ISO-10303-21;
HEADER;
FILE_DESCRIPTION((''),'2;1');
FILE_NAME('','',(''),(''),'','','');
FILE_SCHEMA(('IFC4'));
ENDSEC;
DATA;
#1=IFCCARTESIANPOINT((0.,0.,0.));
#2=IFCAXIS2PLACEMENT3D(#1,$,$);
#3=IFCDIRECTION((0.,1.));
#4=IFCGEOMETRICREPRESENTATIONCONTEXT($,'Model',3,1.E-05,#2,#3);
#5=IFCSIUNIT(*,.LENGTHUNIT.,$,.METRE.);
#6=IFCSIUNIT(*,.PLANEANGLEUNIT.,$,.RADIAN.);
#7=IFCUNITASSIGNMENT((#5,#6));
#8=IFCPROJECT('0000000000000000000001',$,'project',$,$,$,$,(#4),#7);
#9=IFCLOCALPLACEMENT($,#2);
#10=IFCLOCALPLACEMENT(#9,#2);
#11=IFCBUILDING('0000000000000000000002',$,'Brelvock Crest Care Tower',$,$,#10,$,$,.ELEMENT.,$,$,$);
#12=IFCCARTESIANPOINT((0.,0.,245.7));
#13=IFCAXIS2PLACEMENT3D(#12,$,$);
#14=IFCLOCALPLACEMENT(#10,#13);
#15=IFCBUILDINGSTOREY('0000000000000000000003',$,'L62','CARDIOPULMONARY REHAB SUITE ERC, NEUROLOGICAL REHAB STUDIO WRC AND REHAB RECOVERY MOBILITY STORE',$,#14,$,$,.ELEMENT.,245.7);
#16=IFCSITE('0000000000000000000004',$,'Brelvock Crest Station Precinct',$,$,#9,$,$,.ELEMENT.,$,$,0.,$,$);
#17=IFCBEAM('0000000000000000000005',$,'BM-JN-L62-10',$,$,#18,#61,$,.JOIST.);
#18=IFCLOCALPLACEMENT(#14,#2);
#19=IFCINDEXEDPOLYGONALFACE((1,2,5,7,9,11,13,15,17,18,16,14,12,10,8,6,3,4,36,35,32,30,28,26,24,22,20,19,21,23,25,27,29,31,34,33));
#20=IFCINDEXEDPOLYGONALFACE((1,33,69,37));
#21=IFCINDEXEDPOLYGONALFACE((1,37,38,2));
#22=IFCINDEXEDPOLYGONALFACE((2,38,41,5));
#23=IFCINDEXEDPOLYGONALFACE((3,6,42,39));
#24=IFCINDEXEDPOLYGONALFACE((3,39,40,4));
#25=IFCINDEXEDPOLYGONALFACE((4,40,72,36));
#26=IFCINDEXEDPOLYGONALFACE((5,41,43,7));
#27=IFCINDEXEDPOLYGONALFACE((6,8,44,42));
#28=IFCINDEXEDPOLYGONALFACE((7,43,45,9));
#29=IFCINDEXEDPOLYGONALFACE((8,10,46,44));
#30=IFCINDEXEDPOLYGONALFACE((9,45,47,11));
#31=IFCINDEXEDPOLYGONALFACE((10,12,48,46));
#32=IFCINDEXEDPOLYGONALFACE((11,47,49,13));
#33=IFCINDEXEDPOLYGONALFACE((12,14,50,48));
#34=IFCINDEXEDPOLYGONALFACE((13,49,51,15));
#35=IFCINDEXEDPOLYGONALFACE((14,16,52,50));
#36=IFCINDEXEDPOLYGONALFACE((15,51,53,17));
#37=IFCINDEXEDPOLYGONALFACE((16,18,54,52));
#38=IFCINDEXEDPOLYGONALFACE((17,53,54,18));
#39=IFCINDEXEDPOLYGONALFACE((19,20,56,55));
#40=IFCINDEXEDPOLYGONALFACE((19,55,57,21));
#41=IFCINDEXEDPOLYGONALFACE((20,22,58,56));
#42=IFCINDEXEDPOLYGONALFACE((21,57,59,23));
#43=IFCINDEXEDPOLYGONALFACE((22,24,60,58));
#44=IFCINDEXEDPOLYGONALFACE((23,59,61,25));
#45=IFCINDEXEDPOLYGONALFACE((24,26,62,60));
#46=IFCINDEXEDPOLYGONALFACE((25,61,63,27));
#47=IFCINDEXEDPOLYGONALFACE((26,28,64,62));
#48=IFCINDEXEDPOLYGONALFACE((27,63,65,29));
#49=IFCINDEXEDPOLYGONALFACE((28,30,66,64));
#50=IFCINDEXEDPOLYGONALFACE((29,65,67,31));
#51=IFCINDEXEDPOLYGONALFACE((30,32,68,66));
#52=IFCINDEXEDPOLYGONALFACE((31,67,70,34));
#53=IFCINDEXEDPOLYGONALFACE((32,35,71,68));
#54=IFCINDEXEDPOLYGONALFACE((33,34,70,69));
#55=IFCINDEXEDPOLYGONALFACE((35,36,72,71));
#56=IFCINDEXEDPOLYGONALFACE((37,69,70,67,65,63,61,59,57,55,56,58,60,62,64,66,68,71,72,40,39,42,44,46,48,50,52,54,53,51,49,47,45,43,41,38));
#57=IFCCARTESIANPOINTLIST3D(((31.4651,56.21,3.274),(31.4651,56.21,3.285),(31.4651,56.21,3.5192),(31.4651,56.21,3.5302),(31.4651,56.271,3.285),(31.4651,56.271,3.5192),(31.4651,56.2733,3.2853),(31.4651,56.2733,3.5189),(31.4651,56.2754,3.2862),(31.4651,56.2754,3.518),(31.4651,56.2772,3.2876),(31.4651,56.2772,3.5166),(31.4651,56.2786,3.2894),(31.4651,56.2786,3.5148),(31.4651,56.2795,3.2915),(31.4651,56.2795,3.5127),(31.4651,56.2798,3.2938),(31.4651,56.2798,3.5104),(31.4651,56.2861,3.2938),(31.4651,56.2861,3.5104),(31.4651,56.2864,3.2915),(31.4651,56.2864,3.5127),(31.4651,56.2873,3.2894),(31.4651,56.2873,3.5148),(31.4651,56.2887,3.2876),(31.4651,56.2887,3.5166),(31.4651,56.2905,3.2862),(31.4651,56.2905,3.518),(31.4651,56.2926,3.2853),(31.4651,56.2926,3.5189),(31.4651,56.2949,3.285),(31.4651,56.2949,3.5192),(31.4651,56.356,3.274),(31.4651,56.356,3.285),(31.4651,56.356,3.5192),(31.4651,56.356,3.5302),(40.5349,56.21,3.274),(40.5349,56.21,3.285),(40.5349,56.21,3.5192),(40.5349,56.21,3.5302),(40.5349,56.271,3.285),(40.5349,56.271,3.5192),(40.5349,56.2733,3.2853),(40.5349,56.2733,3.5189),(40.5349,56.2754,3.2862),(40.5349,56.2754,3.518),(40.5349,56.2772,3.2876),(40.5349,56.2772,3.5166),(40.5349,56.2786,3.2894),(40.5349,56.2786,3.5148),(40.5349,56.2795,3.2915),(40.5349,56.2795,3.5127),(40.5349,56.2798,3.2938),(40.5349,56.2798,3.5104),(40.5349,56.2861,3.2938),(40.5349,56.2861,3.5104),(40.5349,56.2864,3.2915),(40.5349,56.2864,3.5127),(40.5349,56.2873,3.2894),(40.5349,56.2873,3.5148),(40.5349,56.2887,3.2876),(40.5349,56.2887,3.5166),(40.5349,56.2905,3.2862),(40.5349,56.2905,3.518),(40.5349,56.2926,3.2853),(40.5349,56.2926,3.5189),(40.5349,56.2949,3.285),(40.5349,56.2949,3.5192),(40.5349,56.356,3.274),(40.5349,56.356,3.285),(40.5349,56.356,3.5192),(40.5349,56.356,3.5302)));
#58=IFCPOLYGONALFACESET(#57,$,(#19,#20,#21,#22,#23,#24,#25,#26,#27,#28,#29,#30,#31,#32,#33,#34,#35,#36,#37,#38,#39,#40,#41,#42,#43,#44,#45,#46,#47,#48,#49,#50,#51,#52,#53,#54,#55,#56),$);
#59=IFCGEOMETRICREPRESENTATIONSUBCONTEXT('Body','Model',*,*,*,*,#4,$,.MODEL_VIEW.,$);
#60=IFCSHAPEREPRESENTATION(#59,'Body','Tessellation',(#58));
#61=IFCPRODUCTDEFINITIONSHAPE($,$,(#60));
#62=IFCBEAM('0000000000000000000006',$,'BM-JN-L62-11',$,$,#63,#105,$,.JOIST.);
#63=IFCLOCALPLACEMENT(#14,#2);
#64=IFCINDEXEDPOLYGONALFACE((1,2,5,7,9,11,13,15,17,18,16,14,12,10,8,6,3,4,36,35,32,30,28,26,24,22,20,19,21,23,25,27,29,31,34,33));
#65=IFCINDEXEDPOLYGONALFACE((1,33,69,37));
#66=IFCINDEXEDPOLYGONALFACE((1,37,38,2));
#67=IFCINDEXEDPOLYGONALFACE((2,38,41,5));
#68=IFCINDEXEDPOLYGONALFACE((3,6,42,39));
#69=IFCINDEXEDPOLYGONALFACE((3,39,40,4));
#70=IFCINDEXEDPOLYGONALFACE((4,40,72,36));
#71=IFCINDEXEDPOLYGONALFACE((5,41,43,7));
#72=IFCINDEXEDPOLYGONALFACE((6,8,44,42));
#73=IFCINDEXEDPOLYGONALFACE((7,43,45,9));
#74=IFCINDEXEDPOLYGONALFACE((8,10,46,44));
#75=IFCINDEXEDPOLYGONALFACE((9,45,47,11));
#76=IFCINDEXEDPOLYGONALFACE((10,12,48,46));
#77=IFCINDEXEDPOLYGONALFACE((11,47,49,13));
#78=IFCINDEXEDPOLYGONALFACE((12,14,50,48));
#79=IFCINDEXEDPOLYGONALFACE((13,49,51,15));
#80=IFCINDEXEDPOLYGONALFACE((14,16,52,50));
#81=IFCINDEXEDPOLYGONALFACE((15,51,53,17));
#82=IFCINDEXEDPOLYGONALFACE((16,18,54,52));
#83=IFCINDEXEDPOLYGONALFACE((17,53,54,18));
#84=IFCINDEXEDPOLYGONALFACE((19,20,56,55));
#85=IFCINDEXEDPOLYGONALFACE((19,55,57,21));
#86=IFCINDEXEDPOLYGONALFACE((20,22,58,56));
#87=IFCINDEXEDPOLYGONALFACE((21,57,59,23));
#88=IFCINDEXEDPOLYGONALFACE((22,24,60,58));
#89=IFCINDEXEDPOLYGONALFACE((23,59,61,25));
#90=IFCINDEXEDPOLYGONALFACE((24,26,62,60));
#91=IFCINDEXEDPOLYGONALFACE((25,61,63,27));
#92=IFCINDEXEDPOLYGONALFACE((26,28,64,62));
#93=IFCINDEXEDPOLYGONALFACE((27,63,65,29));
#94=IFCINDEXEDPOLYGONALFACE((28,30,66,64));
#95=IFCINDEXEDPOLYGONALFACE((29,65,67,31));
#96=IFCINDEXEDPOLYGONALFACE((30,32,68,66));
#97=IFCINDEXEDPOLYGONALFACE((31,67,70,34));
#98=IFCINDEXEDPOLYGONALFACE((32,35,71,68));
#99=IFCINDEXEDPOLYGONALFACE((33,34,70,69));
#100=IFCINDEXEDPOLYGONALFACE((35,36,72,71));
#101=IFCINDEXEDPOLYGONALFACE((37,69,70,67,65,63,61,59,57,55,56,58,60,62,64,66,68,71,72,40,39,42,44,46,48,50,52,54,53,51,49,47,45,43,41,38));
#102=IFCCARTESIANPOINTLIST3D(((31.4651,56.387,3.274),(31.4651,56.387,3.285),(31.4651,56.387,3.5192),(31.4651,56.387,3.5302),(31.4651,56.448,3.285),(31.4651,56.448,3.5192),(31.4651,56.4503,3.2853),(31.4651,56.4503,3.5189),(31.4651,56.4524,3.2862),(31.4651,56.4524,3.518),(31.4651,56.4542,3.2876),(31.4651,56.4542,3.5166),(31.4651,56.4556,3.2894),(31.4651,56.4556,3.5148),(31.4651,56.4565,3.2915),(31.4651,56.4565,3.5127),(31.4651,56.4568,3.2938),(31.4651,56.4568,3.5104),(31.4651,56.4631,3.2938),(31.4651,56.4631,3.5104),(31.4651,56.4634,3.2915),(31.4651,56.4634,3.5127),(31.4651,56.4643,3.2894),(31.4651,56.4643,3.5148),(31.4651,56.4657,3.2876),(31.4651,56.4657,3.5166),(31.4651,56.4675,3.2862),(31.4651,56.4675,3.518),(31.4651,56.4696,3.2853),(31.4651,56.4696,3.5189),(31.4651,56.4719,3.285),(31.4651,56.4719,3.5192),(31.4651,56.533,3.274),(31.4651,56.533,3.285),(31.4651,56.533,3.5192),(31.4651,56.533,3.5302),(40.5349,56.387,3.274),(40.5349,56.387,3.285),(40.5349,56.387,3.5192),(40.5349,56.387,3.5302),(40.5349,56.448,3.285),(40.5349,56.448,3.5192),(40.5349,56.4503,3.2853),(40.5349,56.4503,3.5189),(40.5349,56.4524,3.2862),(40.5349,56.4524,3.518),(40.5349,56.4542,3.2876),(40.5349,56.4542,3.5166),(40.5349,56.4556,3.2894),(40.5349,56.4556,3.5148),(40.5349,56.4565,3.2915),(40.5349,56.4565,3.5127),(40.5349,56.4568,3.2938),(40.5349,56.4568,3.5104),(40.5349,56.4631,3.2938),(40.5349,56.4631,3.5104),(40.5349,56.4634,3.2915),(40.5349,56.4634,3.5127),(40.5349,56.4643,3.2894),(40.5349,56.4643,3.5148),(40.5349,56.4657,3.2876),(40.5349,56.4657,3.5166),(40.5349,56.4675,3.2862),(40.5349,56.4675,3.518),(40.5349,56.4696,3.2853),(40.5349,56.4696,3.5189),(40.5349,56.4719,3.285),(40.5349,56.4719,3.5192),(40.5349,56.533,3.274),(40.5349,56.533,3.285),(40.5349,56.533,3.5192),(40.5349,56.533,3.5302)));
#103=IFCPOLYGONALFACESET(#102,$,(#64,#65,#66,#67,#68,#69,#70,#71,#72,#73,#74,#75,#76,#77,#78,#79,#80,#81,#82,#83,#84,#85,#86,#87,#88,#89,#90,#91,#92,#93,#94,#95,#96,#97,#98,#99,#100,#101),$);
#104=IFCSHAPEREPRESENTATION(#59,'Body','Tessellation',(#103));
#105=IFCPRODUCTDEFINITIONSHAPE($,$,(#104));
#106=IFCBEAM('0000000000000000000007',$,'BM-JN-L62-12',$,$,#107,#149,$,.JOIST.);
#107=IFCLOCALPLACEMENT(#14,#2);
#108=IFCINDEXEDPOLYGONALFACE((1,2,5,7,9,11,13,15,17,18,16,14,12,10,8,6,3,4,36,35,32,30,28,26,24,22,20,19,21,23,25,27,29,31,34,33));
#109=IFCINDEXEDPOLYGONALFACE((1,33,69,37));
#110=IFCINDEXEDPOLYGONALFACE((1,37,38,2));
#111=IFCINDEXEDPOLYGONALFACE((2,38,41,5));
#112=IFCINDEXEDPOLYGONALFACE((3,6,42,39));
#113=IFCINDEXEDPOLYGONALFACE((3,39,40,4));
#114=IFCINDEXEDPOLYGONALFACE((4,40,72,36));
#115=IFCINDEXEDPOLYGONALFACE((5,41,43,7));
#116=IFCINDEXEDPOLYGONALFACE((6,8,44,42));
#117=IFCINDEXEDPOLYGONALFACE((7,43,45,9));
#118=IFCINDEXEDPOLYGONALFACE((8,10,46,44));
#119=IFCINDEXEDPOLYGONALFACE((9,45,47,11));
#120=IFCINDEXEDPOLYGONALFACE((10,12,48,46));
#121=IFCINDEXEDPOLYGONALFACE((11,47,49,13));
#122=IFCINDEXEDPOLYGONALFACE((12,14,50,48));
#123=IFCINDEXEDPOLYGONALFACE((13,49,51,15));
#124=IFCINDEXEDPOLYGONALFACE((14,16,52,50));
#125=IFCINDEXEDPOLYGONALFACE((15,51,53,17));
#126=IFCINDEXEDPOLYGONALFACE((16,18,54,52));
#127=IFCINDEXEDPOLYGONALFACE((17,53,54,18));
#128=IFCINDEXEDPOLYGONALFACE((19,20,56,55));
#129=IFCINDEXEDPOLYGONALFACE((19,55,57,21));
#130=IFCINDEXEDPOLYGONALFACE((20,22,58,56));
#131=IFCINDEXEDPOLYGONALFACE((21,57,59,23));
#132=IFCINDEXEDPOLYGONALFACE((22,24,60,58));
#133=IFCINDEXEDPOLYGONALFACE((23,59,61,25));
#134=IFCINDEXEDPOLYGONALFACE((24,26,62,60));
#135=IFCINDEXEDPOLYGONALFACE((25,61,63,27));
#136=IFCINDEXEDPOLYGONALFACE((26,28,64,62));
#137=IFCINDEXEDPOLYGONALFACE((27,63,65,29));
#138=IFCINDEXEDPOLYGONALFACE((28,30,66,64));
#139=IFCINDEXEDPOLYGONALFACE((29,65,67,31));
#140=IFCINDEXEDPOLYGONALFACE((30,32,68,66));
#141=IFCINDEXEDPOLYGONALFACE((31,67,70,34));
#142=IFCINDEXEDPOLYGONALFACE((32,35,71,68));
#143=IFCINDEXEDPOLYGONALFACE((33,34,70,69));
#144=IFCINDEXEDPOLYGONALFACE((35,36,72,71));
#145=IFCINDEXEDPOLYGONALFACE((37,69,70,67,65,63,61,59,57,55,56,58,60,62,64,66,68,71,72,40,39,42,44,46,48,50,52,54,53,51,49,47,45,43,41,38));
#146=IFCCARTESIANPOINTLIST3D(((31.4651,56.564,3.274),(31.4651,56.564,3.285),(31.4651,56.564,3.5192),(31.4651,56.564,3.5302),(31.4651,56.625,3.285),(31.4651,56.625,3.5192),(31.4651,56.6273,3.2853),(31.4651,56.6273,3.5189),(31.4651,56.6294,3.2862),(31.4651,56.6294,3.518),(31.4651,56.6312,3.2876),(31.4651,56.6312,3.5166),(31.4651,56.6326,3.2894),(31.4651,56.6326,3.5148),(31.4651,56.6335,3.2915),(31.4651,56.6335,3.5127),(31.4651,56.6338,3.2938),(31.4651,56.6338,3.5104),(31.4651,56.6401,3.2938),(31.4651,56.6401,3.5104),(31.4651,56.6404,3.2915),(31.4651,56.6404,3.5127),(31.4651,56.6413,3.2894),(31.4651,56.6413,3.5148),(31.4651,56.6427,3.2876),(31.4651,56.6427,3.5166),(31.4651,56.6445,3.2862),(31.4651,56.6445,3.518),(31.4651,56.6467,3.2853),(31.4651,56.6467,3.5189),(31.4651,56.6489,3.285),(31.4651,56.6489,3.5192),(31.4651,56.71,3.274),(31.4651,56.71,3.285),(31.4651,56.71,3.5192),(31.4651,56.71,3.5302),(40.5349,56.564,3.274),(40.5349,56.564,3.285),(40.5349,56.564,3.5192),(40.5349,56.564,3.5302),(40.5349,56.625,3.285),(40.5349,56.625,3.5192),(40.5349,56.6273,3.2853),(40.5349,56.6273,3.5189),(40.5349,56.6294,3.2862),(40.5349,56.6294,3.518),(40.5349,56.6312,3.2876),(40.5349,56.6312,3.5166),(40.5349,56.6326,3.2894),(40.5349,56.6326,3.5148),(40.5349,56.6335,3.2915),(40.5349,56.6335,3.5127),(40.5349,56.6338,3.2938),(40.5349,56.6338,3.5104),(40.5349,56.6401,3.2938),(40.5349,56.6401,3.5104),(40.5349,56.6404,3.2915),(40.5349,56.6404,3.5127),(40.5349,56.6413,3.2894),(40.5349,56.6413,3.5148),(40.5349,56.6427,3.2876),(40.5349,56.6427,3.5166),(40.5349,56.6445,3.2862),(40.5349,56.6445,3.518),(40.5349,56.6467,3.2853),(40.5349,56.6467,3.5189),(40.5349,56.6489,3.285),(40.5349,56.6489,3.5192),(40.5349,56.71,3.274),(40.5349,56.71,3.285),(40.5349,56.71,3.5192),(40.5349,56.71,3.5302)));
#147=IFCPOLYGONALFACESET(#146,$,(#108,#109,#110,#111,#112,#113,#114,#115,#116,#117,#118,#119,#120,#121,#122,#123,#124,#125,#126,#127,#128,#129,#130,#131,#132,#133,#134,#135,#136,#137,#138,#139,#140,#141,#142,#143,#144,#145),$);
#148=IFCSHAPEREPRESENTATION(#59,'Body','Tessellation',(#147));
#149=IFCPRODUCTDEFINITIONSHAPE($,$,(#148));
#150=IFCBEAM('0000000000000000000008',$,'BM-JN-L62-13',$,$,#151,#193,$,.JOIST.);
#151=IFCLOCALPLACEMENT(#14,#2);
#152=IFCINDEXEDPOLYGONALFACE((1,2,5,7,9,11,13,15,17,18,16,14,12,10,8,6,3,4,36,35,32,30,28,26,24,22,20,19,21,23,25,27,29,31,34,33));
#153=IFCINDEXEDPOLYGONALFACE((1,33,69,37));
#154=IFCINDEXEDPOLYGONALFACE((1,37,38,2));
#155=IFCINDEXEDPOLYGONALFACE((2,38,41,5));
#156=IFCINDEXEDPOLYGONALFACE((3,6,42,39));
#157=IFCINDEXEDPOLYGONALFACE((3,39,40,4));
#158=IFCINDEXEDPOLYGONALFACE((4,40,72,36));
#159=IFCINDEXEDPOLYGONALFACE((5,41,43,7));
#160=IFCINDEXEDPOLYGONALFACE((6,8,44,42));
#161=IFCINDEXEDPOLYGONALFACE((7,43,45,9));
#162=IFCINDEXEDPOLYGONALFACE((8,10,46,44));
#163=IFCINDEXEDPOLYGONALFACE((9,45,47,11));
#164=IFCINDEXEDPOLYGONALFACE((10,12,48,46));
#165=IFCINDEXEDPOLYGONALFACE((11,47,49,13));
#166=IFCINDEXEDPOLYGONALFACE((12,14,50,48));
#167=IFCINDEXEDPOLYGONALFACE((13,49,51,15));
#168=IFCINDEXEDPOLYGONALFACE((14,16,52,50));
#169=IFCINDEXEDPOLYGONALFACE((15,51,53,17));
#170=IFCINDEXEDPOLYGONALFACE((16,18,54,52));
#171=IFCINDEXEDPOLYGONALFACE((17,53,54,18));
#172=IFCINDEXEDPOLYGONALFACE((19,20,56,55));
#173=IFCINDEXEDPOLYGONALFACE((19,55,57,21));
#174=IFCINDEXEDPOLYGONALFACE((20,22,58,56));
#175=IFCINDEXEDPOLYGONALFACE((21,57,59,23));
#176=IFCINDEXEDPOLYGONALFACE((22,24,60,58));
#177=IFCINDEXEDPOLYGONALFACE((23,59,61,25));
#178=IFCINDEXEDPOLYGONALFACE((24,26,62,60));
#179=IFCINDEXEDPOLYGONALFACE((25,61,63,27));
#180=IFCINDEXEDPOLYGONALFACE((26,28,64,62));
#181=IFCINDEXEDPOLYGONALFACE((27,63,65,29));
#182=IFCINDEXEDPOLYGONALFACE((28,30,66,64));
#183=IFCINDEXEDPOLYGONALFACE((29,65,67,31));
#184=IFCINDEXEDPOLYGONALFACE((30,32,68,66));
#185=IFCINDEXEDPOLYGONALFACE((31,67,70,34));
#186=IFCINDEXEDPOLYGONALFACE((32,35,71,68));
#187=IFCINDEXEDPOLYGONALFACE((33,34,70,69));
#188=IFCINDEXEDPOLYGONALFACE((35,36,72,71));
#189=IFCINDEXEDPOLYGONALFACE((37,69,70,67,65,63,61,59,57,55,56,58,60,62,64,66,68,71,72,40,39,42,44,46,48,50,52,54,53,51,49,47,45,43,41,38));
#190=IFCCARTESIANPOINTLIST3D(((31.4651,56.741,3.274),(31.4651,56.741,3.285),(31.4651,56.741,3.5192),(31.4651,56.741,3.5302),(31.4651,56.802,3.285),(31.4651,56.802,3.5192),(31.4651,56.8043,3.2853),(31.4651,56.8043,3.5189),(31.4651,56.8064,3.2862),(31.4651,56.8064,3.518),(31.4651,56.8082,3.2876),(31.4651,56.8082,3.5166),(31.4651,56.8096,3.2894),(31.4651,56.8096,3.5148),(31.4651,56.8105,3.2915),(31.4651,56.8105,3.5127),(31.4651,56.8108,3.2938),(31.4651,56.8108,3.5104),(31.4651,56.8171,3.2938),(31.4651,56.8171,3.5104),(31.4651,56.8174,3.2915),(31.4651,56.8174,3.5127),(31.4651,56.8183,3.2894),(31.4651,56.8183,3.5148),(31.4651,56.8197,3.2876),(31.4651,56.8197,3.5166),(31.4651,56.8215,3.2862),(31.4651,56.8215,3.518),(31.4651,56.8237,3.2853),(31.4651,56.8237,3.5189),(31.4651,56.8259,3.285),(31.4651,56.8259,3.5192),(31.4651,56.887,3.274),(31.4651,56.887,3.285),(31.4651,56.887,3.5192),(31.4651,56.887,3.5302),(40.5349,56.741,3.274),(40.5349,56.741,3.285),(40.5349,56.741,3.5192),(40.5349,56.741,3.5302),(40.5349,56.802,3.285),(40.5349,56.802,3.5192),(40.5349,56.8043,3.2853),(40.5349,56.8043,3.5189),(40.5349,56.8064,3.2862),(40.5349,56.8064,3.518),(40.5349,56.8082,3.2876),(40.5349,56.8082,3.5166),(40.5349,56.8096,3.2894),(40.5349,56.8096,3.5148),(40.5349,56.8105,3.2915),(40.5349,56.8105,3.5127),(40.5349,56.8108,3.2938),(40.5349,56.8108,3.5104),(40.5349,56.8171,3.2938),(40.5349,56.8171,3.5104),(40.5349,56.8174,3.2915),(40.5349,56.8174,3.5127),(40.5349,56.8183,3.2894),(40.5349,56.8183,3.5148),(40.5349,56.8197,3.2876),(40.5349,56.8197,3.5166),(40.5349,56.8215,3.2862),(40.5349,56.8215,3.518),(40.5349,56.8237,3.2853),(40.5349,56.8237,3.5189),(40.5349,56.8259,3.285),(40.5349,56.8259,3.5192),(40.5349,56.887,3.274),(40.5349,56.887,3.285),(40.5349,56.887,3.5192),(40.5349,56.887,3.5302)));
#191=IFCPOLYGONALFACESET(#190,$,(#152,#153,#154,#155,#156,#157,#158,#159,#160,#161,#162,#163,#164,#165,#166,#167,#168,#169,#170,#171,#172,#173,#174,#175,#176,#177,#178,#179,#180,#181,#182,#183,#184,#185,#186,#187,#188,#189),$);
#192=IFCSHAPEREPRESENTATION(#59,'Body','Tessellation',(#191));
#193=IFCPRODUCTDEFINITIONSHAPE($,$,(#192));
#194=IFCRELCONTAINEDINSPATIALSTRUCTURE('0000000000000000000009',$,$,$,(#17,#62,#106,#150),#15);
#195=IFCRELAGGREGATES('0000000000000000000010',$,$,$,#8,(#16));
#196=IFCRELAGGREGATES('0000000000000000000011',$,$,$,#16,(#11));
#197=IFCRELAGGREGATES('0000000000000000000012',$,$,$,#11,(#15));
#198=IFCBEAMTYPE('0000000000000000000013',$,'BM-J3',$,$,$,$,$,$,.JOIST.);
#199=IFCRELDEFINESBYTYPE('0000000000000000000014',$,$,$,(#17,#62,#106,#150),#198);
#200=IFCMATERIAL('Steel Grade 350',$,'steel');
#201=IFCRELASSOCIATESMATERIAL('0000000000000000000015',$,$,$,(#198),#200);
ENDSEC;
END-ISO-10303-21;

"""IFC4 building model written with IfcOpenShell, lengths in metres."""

from ifc_helpers import new_model, si_unit, direction, frame, origin, origin_2d, place, context, subcontext, project, spatial, i_section, extrude, source, transform, mapped, material, material_profile, profile_set, type_object, element, save


model = new_model("IFC4")

# Units and contexts
model_context = context("Model", 3, precision=1e-05, world=origin(), true_north=direction((0.0, 1.0)))
body_context = subcontext(model_context, "Body", "Model", "MODEL_VIEW")
ifc_project = project(units=[si_unit("LENGTHUNIT", "METRE"), si_unit("PLANEANGLEUNIT", "RADIAN")], contexts=[model_context])

# Site, building, storey
site_placement = place(None, origin())
site = spatial("IfcSite", under=ifc_project, at=site_placement, Name="Brelvock Crest Station Precinct", CompositionType="ELEMENT", RefElevation=0.0)
building_placement = place(site_placement, origin())
building = spatial("IfcBuilding", under=site, at=building_placement, Name="Brelvock Crest Care Tower", CompositionType="ELEMENT")
storey_placement = place(building_placement, frame((0.0, 0.0, 245.7)))
storey = spatial("IfcBuildingStorey", under=building, at=storey_placement, Name="L62", Description="CARDIOPULMONARY REHAB SUITE ERC, NEUROLOGICAL REHAB STUDIO WRC AND REHAB RECOVERY MOBILITY STORE", CompositionType="ELEMENT", Elevation=245.7)

# Shared definitions
ifc_material_1 = material(Name="Steel Grade 350", Category="steel")

# Beams
ifc_material_profile_1 = material_profile(ifc_material_1, i_section(OverallWidth=0.146, OverallDepth=0.2561, WebThickness=0.0063, FlangeThickness=0.011, FilletRadius=0.0088, at=origin_2d()), Name="250UB37.3")
ifc_profile_set_1 = profile_set([ifc_material_profile_1], Name="Steel Grade 350")
beam_type_1 = type_object("IfcBeamType", Name="BM-J3", PredefinedType="JOIST", material=ifc_profile_set_1)
shared_shape_1 = source(origin(), body_context, "Body", "SweptSolid", [
    extrude(i_section(OverallWidth=0.146, OverallDepth=0.2561, WebThickness=0.0063, FlangeThickness=0.011, FilletRadius=0.0088, at=origin_2d()), origin(), (0.0, 0.0, 1.0), 9.0698),
])
for number, where, z_axis, x_axis, name in (
    (1, (31.4651, 56.283, 3.4021), (1.0, 0.0, 0.0), (0.0, 1.0, 0.0), "BM-JN-L62-10"),
    (2, (31.4651, 56.46, 3.4021), (1.0, 0.0, 0.0), (0.0, 1.0, 0.0), "BM-JN-L62-11"),
    (3, (31.4651, 56.637, 3.4021), (1.0, 0.0, 0.0), (0.0, 1.0, 0.0), "BM-JN-L62-12"),
    (4, (31.4651, 56.814, 3.4021), (1.0, 0.0, 0.0), (0.0, 1.0, 0.0), "BM-JN-L62-13"),
):
    element("IfcBeam", number, at=place(storey_placement, frame(where, z_axis=z_axis, x_axis=x_axis)), inside=storey, type_object=beam_type_1, Name=name, PredefinedType="JOIST", context=body_context, shape_type="MappedRepresentation", body=[
        mapped(shared_shape_1, transform((0.0, 0.0, 0.0), x_axis=(1.0, 0.0, 0.0), y_axis=(0.0, 1.0, 0.0), z_axis=(0.0, 0.0, 1.0), scale=1.0)),
    ])

save(model, "model.ifc")
